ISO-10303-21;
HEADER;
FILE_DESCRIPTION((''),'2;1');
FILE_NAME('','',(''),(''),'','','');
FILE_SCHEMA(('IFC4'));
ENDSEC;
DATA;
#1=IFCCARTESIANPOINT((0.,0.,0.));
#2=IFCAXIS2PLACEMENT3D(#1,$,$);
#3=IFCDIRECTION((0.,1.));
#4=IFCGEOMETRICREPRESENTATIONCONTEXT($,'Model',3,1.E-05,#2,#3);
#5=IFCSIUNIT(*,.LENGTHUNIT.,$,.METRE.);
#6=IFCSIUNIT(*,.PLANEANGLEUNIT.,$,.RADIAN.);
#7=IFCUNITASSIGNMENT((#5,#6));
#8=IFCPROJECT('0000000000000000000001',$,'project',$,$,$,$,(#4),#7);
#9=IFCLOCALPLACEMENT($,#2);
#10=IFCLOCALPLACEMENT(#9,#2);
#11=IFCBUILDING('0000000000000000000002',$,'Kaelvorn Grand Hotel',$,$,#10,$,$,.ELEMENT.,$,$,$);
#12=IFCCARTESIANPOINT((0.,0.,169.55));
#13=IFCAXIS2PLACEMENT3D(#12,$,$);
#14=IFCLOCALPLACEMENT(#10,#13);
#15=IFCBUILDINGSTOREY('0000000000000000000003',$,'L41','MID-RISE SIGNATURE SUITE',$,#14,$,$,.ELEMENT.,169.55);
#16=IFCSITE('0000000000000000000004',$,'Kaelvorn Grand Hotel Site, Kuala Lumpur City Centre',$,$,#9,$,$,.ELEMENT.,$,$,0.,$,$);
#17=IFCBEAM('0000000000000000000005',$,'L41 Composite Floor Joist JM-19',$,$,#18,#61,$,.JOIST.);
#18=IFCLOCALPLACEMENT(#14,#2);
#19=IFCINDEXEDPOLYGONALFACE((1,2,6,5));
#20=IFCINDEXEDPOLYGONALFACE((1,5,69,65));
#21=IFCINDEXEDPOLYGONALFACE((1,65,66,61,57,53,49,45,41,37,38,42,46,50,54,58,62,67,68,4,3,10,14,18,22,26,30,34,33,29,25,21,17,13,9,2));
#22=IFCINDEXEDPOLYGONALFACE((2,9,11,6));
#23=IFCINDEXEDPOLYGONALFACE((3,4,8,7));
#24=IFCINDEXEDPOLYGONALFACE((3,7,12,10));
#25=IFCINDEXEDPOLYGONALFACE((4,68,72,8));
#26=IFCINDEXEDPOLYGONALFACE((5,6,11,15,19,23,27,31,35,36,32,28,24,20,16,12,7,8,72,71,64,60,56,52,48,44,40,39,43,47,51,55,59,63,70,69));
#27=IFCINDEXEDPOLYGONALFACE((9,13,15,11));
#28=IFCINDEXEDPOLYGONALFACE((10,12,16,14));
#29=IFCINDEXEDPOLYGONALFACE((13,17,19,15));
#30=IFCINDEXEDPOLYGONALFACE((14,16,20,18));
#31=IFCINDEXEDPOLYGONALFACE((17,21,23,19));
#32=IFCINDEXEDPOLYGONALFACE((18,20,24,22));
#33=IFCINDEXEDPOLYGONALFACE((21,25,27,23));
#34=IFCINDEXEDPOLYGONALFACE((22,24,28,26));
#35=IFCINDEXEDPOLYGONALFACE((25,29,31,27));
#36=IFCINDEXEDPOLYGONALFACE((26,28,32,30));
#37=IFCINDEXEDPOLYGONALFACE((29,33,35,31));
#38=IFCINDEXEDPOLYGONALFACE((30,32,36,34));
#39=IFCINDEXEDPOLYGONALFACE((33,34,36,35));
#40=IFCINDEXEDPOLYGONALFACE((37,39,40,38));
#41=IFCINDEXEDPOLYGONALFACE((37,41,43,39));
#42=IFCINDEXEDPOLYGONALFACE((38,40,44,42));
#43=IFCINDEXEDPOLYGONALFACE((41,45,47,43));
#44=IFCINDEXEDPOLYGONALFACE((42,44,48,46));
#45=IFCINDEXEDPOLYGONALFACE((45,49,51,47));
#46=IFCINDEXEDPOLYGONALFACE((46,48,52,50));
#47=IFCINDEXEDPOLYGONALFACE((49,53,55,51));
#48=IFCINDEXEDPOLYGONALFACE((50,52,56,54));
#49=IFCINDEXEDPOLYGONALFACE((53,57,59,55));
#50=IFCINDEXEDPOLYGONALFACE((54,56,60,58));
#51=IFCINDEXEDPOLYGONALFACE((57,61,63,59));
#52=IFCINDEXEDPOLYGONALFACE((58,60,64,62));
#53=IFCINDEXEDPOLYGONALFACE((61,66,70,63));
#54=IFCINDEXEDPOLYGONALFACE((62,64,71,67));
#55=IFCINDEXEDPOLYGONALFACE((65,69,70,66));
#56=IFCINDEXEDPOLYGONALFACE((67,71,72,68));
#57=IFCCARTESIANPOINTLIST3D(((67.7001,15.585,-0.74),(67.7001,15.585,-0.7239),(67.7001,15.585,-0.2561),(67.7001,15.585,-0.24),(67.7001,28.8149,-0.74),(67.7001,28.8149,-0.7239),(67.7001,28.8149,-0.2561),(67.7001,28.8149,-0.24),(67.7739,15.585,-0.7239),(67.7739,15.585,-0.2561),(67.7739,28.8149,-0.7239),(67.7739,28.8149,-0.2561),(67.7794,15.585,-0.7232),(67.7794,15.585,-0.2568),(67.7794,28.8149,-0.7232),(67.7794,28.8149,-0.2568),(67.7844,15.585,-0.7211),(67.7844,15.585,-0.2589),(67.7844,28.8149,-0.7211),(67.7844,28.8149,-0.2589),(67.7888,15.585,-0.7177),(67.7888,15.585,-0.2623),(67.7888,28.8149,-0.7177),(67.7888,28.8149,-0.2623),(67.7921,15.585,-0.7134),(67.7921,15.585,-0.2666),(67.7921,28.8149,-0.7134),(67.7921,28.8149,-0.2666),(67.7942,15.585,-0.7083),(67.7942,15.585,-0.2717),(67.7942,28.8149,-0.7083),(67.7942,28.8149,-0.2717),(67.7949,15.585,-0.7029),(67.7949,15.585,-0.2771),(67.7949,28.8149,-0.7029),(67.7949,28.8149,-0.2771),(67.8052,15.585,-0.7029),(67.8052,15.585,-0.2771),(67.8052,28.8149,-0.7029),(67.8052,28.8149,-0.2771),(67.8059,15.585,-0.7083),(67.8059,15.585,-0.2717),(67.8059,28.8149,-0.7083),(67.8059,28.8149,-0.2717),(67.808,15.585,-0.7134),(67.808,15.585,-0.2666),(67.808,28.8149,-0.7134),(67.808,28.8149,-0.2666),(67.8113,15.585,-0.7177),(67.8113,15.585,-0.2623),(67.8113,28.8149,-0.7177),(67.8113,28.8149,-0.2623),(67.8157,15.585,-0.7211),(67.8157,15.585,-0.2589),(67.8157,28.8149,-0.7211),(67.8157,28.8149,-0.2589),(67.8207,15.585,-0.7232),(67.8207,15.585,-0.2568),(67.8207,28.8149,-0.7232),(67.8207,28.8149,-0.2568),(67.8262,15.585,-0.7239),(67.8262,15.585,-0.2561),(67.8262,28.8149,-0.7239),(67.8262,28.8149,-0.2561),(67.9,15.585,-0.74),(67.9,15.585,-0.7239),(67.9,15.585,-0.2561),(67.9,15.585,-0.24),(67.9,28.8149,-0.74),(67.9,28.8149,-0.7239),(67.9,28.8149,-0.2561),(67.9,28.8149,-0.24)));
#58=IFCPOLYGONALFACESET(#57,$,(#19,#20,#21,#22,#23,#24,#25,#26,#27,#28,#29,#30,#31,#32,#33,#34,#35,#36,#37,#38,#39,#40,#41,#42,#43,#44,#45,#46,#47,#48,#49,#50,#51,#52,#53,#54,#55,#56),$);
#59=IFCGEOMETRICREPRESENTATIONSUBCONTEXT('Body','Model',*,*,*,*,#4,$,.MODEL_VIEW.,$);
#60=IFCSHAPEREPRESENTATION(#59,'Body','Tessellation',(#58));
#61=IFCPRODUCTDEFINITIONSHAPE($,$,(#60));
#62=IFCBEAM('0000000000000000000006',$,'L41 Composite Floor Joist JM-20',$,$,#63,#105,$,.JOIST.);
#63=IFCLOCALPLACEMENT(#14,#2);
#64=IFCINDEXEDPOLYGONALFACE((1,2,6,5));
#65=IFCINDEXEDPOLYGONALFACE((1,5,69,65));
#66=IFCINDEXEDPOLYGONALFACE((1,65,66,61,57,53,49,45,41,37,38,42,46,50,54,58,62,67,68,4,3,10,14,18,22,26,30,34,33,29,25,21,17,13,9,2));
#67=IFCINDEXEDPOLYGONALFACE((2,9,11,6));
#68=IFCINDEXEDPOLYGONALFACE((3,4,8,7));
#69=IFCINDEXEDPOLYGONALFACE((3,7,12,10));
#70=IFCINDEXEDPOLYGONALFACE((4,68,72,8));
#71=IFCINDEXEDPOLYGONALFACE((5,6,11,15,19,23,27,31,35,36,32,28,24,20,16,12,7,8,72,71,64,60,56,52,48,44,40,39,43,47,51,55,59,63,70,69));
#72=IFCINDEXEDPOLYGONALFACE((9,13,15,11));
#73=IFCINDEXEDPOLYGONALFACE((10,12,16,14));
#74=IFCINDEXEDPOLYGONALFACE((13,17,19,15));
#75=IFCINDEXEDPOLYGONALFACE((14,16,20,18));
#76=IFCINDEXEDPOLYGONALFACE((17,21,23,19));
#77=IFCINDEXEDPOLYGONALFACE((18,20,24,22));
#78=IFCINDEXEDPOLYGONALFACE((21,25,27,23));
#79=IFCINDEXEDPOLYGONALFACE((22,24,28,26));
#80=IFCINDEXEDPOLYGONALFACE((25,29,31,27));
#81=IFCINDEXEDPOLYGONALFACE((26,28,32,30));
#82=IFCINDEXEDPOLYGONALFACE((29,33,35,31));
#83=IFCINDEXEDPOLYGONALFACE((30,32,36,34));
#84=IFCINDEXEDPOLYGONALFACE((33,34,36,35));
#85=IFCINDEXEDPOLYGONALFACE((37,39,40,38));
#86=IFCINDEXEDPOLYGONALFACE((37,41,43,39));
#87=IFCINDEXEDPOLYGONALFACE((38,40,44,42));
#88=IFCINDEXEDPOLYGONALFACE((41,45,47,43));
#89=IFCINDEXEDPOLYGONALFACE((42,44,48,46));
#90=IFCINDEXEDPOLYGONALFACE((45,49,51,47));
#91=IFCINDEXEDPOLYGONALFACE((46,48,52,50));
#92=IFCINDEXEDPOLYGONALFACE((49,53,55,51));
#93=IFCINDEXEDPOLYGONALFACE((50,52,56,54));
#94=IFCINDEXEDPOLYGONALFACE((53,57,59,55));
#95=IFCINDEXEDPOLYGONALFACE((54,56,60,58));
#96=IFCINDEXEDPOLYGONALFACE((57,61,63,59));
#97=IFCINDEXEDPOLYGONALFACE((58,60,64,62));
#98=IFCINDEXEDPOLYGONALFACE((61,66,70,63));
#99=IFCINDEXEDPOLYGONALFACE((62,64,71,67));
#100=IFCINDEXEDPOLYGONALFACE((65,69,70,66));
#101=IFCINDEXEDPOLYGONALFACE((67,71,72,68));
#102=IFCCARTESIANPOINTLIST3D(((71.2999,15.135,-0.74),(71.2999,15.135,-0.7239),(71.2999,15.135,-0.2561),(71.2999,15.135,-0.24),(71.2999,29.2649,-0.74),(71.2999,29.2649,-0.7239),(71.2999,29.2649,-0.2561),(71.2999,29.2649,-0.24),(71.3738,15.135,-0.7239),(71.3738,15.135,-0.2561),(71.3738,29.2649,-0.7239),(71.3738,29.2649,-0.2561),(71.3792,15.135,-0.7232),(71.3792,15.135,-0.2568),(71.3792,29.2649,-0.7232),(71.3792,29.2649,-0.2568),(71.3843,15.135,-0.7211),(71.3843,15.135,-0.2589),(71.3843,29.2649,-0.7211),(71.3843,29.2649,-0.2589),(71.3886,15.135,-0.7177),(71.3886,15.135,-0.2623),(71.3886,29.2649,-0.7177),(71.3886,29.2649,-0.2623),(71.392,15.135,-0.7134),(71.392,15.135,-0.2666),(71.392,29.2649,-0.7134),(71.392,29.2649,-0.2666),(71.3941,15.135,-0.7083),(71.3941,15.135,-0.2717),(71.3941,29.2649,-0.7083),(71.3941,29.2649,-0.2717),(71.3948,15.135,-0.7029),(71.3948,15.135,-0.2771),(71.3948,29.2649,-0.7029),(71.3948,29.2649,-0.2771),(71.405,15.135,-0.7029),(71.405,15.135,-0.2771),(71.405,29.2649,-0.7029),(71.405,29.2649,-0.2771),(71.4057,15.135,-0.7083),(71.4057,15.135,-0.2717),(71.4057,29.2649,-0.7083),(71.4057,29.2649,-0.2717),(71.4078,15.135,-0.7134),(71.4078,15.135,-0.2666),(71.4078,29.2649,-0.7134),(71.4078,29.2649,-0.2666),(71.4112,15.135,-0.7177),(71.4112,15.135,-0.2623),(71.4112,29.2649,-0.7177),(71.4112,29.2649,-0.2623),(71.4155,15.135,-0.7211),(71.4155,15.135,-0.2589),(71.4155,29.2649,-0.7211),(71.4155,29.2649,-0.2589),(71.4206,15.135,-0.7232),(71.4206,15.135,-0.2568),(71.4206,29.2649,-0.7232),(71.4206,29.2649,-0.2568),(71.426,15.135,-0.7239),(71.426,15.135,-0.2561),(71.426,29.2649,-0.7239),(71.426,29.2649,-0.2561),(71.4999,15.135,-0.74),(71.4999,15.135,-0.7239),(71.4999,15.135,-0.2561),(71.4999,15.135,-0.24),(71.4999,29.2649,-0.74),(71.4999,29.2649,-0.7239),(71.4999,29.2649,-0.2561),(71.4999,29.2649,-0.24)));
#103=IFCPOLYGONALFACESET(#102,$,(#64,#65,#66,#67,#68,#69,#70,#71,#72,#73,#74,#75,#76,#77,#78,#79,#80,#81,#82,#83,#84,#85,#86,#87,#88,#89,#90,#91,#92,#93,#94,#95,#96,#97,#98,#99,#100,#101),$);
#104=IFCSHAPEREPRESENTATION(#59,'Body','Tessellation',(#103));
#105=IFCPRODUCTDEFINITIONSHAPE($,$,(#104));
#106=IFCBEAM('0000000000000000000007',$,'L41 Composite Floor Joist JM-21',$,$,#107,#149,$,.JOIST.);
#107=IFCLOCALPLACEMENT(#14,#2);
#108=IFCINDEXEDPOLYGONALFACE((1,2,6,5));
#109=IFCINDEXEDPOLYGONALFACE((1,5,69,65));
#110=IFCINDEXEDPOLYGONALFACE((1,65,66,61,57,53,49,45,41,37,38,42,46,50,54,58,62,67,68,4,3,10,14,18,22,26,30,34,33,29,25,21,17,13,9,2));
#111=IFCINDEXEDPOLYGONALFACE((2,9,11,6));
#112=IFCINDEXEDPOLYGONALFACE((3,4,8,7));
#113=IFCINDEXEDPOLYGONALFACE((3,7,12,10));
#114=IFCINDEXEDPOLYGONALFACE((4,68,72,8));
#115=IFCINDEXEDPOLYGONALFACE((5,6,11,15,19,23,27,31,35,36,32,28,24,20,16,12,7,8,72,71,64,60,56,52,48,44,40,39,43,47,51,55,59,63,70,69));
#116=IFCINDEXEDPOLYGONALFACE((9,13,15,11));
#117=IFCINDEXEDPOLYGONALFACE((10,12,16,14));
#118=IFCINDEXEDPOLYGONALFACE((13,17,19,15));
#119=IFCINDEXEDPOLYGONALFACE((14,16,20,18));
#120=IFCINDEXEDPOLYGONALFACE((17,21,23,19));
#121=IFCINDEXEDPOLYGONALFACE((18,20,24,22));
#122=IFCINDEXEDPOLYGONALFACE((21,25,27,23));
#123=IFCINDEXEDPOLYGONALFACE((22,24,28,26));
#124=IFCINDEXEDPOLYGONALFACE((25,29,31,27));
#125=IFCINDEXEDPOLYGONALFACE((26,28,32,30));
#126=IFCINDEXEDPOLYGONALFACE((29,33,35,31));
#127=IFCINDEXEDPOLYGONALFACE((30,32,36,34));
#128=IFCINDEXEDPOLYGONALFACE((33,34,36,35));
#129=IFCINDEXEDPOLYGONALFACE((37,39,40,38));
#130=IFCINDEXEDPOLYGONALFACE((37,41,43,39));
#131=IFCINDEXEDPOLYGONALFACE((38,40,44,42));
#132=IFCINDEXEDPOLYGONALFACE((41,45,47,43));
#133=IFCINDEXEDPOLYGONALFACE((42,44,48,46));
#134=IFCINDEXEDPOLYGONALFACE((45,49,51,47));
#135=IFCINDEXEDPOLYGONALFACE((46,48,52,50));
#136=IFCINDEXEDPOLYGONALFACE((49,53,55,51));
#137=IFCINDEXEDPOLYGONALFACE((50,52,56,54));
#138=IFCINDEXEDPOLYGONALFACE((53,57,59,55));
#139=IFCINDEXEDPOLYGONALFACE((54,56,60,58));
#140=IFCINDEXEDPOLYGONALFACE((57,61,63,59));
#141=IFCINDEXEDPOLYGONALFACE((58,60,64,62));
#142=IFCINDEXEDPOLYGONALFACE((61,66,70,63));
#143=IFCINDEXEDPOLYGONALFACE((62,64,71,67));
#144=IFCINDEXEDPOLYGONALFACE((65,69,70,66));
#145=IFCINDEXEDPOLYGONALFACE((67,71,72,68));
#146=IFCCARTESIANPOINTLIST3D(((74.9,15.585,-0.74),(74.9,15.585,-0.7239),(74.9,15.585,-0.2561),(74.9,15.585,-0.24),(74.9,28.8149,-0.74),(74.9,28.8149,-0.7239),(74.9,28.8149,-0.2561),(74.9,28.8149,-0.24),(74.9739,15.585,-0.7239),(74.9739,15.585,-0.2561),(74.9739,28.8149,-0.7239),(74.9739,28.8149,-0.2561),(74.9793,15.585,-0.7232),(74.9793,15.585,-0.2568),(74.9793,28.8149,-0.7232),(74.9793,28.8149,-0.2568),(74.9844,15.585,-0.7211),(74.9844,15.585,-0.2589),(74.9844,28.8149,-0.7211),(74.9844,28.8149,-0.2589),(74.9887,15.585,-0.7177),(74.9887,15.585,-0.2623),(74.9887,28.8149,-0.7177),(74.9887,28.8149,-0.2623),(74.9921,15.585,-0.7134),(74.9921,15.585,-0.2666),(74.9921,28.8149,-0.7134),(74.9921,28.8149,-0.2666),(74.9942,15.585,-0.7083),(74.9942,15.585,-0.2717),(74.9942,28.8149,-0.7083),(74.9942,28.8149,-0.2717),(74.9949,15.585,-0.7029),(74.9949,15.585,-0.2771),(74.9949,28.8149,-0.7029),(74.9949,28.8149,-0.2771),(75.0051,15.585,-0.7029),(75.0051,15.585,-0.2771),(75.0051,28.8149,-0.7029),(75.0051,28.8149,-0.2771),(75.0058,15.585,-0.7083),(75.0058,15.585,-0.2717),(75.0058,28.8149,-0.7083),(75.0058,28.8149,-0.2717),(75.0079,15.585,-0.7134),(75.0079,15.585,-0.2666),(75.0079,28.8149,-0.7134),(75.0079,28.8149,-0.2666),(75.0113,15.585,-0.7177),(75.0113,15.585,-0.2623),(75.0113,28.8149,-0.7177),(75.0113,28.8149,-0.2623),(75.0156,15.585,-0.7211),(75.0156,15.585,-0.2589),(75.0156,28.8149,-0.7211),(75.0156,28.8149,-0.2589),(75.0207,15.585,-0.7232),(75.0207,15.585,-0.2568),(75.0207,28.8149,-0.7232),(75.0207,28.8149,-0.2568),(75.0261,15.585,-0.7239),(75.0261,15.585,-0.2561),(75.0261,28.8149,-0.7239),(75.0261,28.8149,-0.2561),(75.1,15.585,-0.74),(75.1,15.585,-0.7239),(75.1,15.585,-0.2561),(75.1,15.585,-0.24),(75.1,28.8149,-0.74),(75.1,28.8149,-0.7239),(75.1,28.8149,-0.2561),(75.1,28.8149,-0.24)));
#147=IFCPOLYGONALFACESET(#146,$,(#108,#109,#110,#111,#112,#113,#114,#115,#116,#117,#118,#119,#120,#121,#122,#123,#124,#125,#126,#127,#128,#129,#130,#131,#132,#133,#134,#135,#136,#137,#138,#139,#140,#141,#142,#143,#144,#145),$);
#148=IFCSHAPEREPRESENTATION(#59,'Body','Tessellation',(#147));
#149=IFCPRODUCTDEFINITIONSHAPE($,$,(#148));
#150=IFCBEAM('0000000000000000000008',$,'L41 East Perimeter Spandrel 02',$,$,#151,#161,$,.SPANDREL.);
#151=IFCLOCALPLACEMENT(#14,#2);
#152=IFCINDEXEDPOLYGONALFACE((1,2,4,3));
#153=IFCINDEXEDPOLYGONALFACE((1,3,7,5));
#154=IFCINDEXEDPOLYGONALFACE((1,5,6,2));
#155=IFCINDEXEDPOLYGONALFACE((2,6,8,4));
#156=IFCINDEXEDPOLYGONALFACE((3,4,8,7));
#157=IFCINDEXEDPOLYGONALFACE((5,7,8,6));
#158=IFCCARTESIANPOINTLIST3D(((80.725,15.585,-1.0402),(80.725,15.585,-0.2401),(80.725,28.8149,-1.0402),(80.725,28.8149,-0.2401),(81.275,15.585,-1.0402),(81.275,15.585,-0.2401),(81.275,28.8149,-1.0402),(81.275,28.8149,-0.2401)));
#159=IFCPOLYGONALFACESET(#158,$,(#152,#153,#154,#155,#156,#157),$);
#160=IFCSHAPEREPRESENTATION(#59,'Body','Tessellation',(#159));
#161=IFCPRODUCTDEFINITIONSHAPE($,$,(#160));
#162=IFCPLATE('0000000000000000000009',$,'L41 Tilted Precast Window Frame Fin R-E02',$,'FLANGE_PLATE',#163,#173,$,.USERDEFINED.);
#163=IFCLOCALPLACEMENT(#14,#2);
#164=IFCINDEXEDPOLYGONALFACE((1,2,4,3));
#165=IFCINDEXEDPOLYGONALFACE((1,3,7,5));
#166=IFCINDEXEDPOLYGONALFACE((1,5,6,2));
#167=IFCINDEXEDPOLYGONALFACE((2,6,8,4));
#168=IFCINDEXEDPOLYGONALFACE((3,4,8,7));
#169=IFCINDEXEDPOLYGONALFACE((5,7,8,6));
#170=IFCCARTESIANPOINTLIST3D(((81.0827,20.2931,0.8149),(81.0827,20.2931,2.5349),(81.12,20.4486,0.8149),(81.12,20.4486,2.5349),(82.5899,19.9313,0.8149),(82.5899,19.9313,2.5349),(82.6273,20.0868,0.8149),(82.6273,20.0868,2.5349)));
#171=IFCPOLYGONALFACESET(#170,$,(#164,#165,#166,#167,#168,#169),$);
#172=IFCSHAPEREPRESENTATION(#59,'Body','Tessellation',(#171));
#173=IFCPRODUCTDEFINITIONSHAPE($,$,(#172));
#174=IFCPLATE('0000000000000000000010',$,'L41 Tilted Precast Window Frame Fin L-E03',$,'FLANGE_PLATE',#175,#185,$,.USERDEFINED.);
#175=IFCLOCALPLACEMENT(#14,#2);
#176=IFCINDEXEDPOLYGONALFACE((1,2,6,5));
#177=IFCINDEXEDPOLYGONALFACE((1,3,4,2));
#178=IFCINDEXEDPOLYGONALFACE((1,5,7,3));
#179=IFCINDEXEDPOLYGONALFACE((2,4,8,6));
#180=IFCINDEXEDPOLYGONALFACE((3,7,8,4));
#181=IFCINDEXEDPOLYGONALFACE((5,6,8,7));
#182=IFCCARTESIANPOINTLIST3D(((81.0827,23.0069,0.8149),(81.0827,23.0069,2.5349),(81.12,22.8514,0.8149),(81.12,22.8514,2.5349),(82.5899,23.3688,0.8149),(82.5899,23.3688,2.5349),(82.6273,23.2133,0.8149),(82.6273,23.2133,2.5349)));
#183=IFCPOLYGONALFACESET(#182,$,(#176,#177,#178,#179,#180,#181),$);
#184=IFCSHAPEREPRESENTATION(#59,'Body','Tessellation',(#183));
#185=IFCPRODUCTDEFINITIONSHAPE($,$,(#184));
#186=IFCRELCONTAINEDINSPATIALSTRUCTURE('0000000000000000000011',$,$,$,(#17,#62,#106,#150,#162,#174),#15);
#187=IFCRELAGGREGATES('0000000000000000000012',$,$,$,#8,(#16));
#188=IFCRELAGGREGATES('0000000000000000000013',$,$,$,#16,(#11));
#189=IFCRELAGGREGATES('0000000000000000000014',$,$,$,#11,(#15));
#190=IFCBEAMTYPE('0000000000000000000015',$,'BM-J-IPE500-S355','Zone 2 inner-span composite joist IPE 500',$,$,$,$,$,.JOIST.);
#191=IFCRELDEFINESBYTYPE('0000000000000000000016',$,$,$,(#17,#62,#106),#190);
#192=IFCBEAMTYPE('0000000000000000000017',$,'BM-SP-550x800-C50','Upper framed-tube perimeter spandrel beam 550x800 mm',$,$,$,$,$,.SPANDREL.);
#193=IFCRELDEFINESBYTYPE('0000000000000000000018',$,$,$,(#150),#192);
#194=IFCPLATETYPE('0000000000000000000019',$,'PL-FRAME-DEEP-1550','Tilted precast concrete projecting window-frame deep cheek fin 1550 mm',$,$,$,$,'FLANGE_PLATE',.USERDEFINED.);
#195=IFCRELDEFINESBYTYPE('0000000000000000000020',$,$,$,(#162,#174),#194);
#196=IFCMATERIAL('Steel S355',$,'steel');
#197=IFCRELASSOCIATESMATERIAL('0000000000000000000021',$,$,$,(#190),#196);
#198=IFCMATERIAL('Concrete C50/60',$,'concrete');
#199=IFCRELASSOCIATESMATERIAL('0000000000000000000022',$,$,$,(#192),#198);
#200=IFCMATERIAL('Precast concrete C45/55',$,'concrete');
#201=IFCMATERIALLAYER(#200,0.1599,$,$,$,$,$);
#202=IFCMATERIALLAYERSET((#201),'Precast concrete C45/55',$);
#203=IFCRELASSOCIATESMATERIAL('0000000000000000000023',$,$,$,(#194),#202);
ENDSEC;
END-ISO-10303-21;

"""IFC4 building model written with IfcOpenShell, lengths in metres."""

from ifc_helpers import new_model, si_unit, direction, frame, origin, origin_2d, place, context, subcontext, project, spatial, rectangle, i_section, extrude, material, layer, layer_set, material_profile, profile_set, type_object, element, save


model = new_model("IFC4")

# Units and contexts
model_context = context("Model", 3, precision=1e-05, world=origin(), true_north=direction((0.0, 1.0)))
body_context = subcontext(model_context, "Body", "Model", "MODEL_VIEW")
ifc_project = project(units=[si_unit("LENGTHUNIT", "METRE"), si_unit("PLANEANGLEUNIT", "RADIAN")], contexts=[model_context])

# Site, building, storey
site_placement = place(None, origin())
site = spatial("IfcSite", under=ifc_project, at=site_placement, Name="Kaelvorn Grand Hotel Site, Kuala Lumpur City Centre", CompositionType="ELEMENT", RefElevation=0.0)
building_placement = place(site_placement, origin())
building = spatial("IfcBuilding", under=site, at=building_placement, Name="Kaelvorn Grand Hotel", CompositionType="ELEMENT")
storey_placement = place(building_placement, frame((0.0, 0.0, 169.55)))
storey = spatial("IfcBuildingStorey", under=building, at=storey_placement, Name="L41", Description="MID-RISE SIGNATURE SUITE", CompositionType="ELEMENT", Elevation=169.55)

# Beams
ifc_material_1 = material(Name="Steel S355", Category="steel")
ifc_material_profile_1 = material_profile(ifc_material_1, i_section(OverallWidth=0.2, OverallDepth=0.5, WebThickness=0.0103, FlangeThickness=0.0161, FilletRadius=0.021, at=origin_2d()), Name="IPE 500")
ifc_profile_set_1 = profile_set([ifc_material_profile_1], Name="Steel S355")
beam_type_1 = type_object("IfcBeamType", Name="BM-J-IPE500-S355", Description="Zone 2 inner-span composite joist IPE 500", PredefinedType="JOIST", material=ifc_profile_set_1)
beam_1_placement = place(storey_placement, frame((67.8, 15.585, -0.49), z_axis=(0.0, 1.0, 0.0), x_axis=(-1.0, 0.0, 0.0)))
element("IfcBeam", 1, at=beam_1_placement, inside=storey, type_object=beam_type_1, Name="L41 Composite Floor Joist JM-19", PredefinedType="JOIST", context=body_context, shape_type="SweptSolid", body=[
    extrude(i_section(OverallWidth=0.2, OverallDepth=0.5, WebThickness=0.0103, FlangeThickness=0.0161, FilletRadius=0.021, at=origin_2d()), origin(), (0.0, 0.0, 1.0), 13.23),
])
beam_2_placement = place(storey_placement, frame((71.3999, 15.135, -0.49), z_axis=(0.0, 1.0, 0.0), x_axis=(-1.0, 0.0, 0.0)))
element("IfcBeam", 2, at=beam_2_placement, inside=storey, type_object=beam_type_1, Name="L41 Composite Floor Joist JM-20", PredefinedType="JOIST", context=body_context, shape_type="SweptSolid", body=[
    extrude(i_section(OverallWidth=0.2, OverallDepth=0.5, WebThickness=0.0103, FlangeThickness=0.0161, FilletRadius=0.021, at=origin_2d()), origin(), (0.0, 0.0, 1.0), 14.1299),
])
beam_3_placement = place(storey_placement, frame((75.0, 15.585, -0.49), z_axis=(0.0, 1.0, 0.0), x_axis=(-1.0, 0.0, 0.0)))
element("IfcBeam", 3, at=beam_3_placement, inside=storey, type_object=beam_type_1, Name="L41 Composite Floor Joist JM-21", PredefinedType="JOIST", context=body_context, shape_type="SweptSolid", body=[
    extrude(i_section(OverallWidth=0.2, OverallDepth=0.5, WebThickness=0.0103, FlangeThickness=0.0161, FilletRadius=0.021, at=origin_2d()), origin(), (0.0, 0.0, 1.0), 13.23),
])
ifc_material_2 = material(Name="Concrete C50/60", Category="concrete")
ifc_material_profile_2 = material_profile(ifc_material_2, rectangle(XDim=0.55, YDim=0.8, at=origin_2d()), Name="RC SPANDREL 550x800")
ifc_profile_set_2 = profile_set([ifc_material_profile_2], Name="Concrete C50/60")
beam_type_2 = type_object("IfcBeamType", Name="BM-SP-550x800-C50", Description="Upper framed-tube perimeter spandrel beam 550x800 mm", PredefinedType="SPANDREL", material=ifc_profile_set_2)
beam_4_placement = place(storey_placement, frame((81.0, 15.585, -0.6401), z_axis=(0.0, 1.0, 0.0), x_axis=(-1.0, 0.0, 0.0)))
element("IfcBeam", 4, at=beam_4_placement, inside=storey, type_object=beam_type_2, Name="L41 East Perimeter Spandrel 02", PredefinedType="SPANDREL", context=body_context, shape_type="SweptSolid", body=[
    extrude(rectangle(XDim=0.55, YDim=0.8, at=origin_2d()), origin(), (0.0, 0.0, 1.0), 13.23),
])

# Plates
ifc_material_3 = material(Name="Precast concrete C45/55", Category="concrete")
ifc_layer_1 = layer(ifc_material_3, 0.1599)
ifc_layer_set_1 = layer_set([ifc_layer_1], Name="Precast concrete C45/55")
plate_type_1 = type_object("IfcPlateType", Name="PL-FRAME-DEEP-1550", Description="Tilted precast concrete projecting window-frame deep cheek fin 1550 mm", ElementType="FLANGE_PLATE", PredefinedType="USERDEFINED", material=ifc_layer_set_1)
for number, where, z_axis, x_axis, name in (
    (5, (81.855, 20.1899, 0.8149), (0.0, 0.0, 1.0), (0.233445, 0.97237, 0.0), "L41 Tilted Precast Window Frame Fin R-E02"),
    (6, (81.855, 23.1101, 0.8149), (0.0, 0.0, 1.0), (-0.233445, 0.97237, 0.0), "L41 Tilted Precast Window Frame Fin L-E03"),
):
    element("IfcPlate", number, at=place(storey_placement, frame(where, z_axis=z_axis, x_axis=x_axis)), inside=storey, type_object=plate_type_1, Name=name, ObjectType="FLANGE_PLATE", PredefinedType="USERDEFINED", context=body_context, shape_type="SweptSolid", body=[
        extrude(rectangle(XDim=0.1599, YDim=1.55, at=origin_2d()), origin(), (0.0, 0.0, 1.0), 1.72),
    ])

save(model, "model.ifc")
